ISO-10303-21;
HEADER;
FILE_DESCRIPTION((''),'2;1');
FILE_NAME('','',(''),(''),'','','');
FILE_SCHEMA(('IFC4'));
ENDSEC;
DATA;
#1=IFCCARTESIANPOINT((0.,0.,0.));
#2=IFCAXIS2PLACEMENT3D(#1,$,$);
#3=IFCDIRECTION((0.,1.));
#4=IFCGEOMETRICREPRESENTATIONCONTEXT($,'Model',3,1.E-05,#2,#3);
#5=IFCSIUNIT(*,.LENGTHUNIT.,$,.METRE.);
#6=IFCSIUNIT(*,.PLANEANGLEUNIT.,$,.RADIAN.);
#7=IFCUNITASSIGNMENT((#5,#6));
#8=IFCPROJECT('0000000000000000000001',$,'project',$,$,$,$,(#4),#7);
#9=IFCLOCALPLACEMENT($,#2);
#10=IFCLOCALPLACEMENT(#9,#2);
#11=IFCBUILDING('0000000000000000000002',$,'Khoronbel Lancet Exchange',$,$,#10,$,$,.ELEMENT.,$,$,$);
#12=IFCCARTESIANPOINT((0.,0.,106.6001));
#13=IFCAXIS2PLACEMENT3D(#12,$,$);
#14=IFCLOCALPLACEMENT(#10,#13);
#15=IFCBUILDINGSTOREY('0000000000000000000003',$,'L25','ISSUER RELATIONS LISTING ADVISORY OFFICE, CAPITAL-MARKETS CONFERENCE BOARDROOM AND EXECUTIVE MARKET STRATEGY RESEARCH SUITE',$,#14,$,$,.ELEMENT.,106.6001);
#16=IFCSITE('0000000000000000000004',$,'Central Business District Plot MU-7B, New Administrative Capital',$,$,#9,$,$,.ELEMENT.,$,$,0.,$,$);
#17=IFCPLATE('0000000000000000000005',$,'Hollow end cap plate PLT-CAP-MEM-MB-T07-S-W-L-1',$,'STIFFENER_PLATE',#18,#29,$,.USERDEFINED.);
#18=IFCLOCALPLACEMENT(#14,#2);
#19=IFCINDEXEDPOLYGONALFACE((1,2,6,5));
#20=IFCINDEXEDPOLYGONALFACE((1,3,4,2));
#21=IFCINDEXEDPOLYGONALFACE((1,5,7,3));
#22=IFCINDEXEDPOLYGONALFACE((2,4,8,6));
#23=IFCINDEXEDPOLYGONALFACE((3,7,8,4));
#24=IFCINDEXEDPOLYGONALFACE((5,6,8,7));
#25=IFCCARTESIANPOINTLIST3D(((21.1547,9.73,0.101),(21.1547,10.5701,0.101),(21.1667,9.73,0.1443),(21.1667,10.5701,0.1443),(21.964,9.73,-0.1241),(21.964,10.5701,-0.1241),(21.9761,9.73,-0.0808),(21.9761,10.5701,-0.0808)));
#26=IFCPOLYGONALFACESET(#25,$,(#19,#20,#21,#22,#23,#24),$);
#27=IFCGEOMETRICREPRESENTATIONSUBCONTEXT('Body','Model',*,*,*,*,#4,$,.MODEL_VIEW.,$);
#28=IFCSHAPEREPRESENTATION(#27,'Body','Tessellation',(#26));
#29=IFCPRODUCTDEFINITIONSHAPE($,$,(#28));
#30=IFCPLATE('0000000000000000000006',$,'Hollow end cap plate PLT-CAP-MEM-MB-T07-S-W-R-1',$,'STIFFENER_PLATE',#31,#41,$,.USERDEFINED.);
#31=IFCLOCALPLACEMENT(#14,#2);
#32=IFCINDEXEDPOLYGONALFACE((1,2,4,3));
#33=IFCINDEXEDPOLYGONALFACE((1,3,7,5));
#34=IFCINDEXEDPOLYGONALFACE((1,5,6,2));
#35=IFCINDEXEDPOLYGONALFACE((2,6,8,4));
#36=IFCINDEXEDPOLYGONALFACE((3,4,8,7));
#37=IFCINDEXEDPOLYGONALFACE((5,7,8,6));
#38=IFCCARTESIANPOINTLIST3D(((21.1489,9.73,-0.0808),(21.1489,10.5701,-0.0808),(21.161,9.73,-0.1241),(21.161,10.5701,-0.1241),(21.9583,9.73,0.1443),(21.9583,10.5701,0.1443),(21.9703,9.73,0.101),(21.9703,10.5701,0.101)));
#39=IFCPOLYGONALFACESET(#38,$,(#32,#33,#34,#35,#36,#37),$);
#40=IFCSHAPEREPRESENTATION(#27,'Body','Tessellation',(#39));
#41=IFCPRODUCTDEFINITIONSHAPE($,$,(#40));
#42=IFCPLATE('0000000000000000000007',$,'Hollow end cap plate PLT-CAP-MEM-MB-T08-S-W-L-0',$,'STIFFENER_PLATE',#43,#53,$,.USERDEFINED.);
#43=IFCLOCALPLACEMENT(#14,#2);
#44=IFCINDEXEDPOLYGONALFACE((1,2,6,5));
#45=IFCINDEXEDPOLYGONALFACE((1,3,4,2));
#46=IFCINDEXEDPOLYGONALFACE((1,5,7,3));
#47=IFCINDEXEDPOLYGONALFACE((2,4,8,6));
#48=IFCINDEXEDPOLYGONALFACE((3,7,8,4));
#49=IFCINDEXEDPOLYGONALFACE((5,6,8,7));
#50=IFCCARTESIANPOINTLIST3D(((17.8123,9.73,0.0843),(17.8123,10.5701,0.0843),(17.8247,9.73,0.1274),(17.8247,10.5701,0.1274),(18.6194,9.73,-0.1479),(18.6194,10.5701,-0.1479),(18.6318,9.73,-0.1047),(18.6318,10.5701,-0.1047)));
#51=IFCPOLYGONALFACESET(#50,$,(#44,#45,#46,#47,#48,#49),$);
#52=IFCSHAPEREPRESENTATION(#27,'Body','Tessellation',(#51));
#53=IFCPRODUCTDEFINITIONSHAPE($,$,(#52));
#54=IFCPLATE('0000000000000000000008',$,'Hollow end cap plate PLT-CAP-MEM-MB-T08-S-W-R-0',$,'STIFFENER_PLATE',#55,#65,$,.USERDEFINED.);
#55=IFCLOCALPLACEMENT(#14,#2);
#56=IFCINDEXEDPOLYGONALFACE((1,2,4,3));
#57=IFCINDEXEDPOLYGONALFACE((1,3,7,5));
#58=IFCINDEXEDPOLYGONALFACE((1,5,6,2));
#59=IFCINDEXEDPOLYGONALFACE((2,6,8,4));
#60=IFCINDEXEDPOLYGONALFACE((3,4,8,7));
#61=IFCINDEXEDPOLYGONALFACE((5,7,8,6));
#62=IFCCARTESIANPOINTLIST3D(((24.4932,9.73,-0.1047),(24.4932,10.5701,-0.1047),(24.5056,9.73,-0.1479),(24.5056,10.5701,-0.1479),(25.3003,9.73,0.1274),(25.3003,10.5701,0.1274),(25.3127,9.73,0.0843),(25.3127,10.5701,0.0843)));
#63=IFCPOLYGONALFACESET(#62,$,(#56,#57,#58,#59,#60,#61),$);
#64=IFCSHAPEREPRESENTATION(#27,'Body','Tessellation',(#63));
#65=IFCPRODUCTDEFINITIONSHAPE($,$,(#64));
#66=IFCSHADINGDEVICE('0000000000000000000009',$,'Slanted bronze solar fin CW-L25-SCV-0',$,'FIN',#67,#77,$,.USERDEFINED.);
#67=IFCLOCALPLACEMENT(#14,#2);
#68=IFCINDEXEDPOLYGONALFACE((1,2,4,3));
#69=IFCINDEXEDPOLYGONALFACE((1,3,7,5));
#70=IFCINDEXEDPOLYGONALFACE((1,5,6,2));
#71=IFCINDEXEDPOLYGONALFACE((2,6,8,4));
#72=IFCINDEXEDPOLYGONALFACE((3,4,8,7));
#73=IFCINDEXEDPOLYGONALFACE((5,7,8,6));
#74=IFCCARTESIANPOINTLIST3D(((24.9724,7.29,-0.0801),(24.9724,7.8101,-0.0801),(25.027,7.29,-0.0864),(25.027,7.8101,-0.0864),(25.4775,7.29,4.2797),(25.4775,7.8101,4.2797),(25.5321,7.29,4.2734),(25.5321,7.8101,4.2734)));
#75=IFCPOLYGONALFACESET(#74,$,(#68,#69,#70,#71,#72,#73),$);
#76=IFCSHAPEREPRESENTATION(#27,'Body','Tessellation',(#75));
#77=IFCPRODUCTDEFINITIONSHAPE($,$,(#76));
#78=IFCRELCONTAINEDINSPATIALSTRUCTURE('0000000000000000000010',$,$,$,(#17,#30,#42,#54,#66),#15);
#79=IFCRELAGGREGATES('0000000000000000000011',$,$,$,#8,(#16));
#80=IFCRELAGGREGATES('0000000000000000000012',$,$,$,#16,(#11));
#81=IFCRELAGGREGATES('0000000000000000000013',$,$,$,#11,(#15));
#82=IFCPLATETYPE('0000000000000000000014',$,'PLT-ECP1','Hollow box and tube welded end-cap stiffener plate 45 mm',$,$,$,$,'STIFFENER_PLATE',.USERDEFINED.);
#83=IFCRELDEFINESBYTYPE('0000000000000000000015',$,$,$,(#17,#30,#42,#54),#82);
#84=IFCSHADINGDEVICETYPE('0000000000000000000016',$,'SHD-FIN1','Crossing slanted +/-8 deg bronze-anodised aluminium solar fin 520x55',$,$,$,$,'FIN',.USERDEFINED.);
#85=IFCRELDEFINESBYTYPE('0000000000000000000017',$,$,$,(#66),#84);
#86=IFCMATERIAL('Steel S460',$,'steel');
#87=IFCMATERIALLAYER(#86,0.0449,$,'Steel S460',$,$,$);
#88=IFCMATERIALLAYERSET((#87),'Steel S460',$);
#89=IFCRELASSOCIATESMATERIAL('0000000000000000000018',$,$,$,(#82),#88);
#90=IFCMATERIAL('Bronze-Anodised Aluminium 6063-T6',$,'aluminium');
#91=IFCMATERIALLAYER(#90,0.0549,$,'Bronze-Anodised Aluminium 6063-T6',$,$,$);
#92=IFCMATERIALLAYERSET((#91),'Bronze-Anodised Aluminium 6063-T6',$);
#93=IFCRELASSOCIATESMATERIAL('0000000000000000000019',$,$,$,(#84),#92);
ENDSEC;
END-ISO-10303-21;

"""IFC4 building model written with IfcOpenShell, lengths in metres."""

from ifc_helpers import new_model, si_unit, direction, frame, origin, place, context, subcontext, project, spatial, polyline, outline, extrude, material, layer, layer_set, type_object, element, save


model = new_model("IFC4")

# Units and contexts
model_context = context("Model", 3, precision=1e-05, world=origin(), true_north=direction((0.0, 1.0)))
body_context = subcontext(model_context, "Body", "Model", "MODEL_VIEW")
ifc_project = project(units=[si_unit("LENGTHUNIT", "METRE"), si_unit("PLANEANGLEUNIT", "RADIAN")], contexts=[model_context])

# Site, building, storey
site_placement = place(None, origin())
site = spatial("IfcSite", under=ifc_project, at=site_placement, Name="Central Business District Plot MU-7B, New Administrative Capital", CompositionType="ELEMENT", RefElevation=0.0)
building_placement = place(site_placement, origin())
building = spatial("IfcBuilding", under=site, at=building_placement, Name="Khoronbel Lancet Exchange", CompositionType="ELEMENT")
storey_placement = place(building_placement, frame((0.0, 0.0, 106.6001)))
storey = spatial("IfcBuildingStorey", under=building, at=storey_placement, Name="L25", Description="ISSUER RELATIONS LISTING ADVISORY OFFICE, CAPITAL-MARKETS CONFERENCE BOARDROOM AND EXECUTIVE MARKET STRATEGY RESEARCH SUITE", CompositionType="ELEMENT", Elevation=106.6001)

# Shared definitions
ifc_material_1 = material(Name="Steel S460", Category="steel")

# Shared definitions
ifc_material_2 = material(Name="Bronze-Anodised Aluminium 6063-T6", Category="aluminium")

# Plates
ifc_layer_1 = layer(ifc_material_1, 0.0449, Name="Steel S460")
ifc_layer_set_1 = layer_set([ifc_layer_1], Name="Steel S460")
plate_type_1 = type_object("IfcPlateType", Name="PLT-ECP1", Description="Hollow box and tube welded end-cap stiffener plate 45 mm", ElementType="STIFFENER_PLATE", PredefinedType="USERDEFINED", material=ifc_layer_set_1)
for number, where, z_axis, x_axis, name in (
    (1, (21.9761, 9.73, -0.0808), (0.267959, 0.0, 0.96343), (0.0, 1.0, 0.0), "Hollow end cap plate PLT-CAP-MEM-MB-T07-S-W-L-1"),
    (2, (21.1489, 10.5701, -0.0808), (-0.267959, 0.0, 0.96343), (0.0, -1.0, 0.0), "Hollow end cap plate PLT-CAP-MEM-MB-T07-S-W-R-1"),
):
    element("IfcPlate", number, at=place(storey_placement, frame(where, z_axis=z_axis, x_axis=x_axis)), inside=storey, type_object=plate_type_1, Name=name, ObjectType="STIFFENER_PLATE", PredefinedType="USERDEFINED", context=body_context, shape_type="SweptSolid", body=[
        extrude(outline(polyline([(0.0, 0.0), (0.8401, 0.0), (0.8401, 0.8401), (0.0, 0.8401), (0.0, 0.0)])), origin(), (0.0, 0.0, -1.0), 0.0449),
    ])
for number, where, z_axis, x_axis, name in (
    (3, (18.6318, 9.73, -0.1047), (0.276448, 0.0, 0.961029), (0.0, 1.0, 0.0), "Hollow end cap plate PLT-CAP-MEM-MB-T08-S-W-L-0"),
    (4, (24.4932, 10.5701, -0.1047), (-0.276448, 0.0, 0.961029), (0.0, -1.0, 0.0), "Hollow end cap plate PLT-CAP-MEM-MB-T08-S-W-R-0"),
):
    element("IfcPlate", number, at=place(storey_placement, frame(where, z_axis=z_axis, x_axis=x_axis)), inside=storey, type_object=plate_type_1, Name=name, ObjectType="STIFFENER_PLATE", PredefinedType="USERDEFINED", context=body_context, shape_type="SweptSolid", body=[
        extrude(outline(polyline([(0.0, 0.0), (0.8401, 0.0), (0.8401, 0.8398), (0.0, 0.8398), (0.0, 0.0)])), origin(), (0.0, 0.0, -1.0), 0.0449),
    ])

# Shading device
ifc_layer_2 = layer(ifc_material_2, 0.0549, Name="Bronze-Anodised Aluminium 6063-T6")
ifc_layer_set_2 = layer_set([ifc_layer_2], Name="Bronze-Anodised Aluminium 6063-T6")
shading_device_type = type_object("IfcShadingDeviceType", Name="SHD-FIN1", Description="Crossing slanted +/-8 deg bronze-anodised aluminium solar fin 520x55", ElementType="FIN", PredefinedType="USERDEFINED", material=ifc_layer_set_2)
shading_device_placement = place(storey_placement, frame((24.9724, 7.8101, -0.0801), z_axis=(-0.993355, 0.0, 0.115089), x_axis=(0.0, -1.0, 0.0)))
element("IfcShadingDevice", 5, at=shading_device_placement, inside=storey, type_object=shading_device_type, Name="Slanted bronze solar fin CW-L25-SCV-0", ObjectType="FIN", PredefinedType="USERDEFINED", context=body_context, shape_type="SweptSolid", body=[
    extrude(outline(polyline([(0.0, 0.0), (0.52, 0.0), (0.52, 4.3889), (0.0, 4.3889), (0.0, 0.0)])), origin(), (0.0, 0.0, -1.0), 0.0549),
])

save(model, "model.ifc")
